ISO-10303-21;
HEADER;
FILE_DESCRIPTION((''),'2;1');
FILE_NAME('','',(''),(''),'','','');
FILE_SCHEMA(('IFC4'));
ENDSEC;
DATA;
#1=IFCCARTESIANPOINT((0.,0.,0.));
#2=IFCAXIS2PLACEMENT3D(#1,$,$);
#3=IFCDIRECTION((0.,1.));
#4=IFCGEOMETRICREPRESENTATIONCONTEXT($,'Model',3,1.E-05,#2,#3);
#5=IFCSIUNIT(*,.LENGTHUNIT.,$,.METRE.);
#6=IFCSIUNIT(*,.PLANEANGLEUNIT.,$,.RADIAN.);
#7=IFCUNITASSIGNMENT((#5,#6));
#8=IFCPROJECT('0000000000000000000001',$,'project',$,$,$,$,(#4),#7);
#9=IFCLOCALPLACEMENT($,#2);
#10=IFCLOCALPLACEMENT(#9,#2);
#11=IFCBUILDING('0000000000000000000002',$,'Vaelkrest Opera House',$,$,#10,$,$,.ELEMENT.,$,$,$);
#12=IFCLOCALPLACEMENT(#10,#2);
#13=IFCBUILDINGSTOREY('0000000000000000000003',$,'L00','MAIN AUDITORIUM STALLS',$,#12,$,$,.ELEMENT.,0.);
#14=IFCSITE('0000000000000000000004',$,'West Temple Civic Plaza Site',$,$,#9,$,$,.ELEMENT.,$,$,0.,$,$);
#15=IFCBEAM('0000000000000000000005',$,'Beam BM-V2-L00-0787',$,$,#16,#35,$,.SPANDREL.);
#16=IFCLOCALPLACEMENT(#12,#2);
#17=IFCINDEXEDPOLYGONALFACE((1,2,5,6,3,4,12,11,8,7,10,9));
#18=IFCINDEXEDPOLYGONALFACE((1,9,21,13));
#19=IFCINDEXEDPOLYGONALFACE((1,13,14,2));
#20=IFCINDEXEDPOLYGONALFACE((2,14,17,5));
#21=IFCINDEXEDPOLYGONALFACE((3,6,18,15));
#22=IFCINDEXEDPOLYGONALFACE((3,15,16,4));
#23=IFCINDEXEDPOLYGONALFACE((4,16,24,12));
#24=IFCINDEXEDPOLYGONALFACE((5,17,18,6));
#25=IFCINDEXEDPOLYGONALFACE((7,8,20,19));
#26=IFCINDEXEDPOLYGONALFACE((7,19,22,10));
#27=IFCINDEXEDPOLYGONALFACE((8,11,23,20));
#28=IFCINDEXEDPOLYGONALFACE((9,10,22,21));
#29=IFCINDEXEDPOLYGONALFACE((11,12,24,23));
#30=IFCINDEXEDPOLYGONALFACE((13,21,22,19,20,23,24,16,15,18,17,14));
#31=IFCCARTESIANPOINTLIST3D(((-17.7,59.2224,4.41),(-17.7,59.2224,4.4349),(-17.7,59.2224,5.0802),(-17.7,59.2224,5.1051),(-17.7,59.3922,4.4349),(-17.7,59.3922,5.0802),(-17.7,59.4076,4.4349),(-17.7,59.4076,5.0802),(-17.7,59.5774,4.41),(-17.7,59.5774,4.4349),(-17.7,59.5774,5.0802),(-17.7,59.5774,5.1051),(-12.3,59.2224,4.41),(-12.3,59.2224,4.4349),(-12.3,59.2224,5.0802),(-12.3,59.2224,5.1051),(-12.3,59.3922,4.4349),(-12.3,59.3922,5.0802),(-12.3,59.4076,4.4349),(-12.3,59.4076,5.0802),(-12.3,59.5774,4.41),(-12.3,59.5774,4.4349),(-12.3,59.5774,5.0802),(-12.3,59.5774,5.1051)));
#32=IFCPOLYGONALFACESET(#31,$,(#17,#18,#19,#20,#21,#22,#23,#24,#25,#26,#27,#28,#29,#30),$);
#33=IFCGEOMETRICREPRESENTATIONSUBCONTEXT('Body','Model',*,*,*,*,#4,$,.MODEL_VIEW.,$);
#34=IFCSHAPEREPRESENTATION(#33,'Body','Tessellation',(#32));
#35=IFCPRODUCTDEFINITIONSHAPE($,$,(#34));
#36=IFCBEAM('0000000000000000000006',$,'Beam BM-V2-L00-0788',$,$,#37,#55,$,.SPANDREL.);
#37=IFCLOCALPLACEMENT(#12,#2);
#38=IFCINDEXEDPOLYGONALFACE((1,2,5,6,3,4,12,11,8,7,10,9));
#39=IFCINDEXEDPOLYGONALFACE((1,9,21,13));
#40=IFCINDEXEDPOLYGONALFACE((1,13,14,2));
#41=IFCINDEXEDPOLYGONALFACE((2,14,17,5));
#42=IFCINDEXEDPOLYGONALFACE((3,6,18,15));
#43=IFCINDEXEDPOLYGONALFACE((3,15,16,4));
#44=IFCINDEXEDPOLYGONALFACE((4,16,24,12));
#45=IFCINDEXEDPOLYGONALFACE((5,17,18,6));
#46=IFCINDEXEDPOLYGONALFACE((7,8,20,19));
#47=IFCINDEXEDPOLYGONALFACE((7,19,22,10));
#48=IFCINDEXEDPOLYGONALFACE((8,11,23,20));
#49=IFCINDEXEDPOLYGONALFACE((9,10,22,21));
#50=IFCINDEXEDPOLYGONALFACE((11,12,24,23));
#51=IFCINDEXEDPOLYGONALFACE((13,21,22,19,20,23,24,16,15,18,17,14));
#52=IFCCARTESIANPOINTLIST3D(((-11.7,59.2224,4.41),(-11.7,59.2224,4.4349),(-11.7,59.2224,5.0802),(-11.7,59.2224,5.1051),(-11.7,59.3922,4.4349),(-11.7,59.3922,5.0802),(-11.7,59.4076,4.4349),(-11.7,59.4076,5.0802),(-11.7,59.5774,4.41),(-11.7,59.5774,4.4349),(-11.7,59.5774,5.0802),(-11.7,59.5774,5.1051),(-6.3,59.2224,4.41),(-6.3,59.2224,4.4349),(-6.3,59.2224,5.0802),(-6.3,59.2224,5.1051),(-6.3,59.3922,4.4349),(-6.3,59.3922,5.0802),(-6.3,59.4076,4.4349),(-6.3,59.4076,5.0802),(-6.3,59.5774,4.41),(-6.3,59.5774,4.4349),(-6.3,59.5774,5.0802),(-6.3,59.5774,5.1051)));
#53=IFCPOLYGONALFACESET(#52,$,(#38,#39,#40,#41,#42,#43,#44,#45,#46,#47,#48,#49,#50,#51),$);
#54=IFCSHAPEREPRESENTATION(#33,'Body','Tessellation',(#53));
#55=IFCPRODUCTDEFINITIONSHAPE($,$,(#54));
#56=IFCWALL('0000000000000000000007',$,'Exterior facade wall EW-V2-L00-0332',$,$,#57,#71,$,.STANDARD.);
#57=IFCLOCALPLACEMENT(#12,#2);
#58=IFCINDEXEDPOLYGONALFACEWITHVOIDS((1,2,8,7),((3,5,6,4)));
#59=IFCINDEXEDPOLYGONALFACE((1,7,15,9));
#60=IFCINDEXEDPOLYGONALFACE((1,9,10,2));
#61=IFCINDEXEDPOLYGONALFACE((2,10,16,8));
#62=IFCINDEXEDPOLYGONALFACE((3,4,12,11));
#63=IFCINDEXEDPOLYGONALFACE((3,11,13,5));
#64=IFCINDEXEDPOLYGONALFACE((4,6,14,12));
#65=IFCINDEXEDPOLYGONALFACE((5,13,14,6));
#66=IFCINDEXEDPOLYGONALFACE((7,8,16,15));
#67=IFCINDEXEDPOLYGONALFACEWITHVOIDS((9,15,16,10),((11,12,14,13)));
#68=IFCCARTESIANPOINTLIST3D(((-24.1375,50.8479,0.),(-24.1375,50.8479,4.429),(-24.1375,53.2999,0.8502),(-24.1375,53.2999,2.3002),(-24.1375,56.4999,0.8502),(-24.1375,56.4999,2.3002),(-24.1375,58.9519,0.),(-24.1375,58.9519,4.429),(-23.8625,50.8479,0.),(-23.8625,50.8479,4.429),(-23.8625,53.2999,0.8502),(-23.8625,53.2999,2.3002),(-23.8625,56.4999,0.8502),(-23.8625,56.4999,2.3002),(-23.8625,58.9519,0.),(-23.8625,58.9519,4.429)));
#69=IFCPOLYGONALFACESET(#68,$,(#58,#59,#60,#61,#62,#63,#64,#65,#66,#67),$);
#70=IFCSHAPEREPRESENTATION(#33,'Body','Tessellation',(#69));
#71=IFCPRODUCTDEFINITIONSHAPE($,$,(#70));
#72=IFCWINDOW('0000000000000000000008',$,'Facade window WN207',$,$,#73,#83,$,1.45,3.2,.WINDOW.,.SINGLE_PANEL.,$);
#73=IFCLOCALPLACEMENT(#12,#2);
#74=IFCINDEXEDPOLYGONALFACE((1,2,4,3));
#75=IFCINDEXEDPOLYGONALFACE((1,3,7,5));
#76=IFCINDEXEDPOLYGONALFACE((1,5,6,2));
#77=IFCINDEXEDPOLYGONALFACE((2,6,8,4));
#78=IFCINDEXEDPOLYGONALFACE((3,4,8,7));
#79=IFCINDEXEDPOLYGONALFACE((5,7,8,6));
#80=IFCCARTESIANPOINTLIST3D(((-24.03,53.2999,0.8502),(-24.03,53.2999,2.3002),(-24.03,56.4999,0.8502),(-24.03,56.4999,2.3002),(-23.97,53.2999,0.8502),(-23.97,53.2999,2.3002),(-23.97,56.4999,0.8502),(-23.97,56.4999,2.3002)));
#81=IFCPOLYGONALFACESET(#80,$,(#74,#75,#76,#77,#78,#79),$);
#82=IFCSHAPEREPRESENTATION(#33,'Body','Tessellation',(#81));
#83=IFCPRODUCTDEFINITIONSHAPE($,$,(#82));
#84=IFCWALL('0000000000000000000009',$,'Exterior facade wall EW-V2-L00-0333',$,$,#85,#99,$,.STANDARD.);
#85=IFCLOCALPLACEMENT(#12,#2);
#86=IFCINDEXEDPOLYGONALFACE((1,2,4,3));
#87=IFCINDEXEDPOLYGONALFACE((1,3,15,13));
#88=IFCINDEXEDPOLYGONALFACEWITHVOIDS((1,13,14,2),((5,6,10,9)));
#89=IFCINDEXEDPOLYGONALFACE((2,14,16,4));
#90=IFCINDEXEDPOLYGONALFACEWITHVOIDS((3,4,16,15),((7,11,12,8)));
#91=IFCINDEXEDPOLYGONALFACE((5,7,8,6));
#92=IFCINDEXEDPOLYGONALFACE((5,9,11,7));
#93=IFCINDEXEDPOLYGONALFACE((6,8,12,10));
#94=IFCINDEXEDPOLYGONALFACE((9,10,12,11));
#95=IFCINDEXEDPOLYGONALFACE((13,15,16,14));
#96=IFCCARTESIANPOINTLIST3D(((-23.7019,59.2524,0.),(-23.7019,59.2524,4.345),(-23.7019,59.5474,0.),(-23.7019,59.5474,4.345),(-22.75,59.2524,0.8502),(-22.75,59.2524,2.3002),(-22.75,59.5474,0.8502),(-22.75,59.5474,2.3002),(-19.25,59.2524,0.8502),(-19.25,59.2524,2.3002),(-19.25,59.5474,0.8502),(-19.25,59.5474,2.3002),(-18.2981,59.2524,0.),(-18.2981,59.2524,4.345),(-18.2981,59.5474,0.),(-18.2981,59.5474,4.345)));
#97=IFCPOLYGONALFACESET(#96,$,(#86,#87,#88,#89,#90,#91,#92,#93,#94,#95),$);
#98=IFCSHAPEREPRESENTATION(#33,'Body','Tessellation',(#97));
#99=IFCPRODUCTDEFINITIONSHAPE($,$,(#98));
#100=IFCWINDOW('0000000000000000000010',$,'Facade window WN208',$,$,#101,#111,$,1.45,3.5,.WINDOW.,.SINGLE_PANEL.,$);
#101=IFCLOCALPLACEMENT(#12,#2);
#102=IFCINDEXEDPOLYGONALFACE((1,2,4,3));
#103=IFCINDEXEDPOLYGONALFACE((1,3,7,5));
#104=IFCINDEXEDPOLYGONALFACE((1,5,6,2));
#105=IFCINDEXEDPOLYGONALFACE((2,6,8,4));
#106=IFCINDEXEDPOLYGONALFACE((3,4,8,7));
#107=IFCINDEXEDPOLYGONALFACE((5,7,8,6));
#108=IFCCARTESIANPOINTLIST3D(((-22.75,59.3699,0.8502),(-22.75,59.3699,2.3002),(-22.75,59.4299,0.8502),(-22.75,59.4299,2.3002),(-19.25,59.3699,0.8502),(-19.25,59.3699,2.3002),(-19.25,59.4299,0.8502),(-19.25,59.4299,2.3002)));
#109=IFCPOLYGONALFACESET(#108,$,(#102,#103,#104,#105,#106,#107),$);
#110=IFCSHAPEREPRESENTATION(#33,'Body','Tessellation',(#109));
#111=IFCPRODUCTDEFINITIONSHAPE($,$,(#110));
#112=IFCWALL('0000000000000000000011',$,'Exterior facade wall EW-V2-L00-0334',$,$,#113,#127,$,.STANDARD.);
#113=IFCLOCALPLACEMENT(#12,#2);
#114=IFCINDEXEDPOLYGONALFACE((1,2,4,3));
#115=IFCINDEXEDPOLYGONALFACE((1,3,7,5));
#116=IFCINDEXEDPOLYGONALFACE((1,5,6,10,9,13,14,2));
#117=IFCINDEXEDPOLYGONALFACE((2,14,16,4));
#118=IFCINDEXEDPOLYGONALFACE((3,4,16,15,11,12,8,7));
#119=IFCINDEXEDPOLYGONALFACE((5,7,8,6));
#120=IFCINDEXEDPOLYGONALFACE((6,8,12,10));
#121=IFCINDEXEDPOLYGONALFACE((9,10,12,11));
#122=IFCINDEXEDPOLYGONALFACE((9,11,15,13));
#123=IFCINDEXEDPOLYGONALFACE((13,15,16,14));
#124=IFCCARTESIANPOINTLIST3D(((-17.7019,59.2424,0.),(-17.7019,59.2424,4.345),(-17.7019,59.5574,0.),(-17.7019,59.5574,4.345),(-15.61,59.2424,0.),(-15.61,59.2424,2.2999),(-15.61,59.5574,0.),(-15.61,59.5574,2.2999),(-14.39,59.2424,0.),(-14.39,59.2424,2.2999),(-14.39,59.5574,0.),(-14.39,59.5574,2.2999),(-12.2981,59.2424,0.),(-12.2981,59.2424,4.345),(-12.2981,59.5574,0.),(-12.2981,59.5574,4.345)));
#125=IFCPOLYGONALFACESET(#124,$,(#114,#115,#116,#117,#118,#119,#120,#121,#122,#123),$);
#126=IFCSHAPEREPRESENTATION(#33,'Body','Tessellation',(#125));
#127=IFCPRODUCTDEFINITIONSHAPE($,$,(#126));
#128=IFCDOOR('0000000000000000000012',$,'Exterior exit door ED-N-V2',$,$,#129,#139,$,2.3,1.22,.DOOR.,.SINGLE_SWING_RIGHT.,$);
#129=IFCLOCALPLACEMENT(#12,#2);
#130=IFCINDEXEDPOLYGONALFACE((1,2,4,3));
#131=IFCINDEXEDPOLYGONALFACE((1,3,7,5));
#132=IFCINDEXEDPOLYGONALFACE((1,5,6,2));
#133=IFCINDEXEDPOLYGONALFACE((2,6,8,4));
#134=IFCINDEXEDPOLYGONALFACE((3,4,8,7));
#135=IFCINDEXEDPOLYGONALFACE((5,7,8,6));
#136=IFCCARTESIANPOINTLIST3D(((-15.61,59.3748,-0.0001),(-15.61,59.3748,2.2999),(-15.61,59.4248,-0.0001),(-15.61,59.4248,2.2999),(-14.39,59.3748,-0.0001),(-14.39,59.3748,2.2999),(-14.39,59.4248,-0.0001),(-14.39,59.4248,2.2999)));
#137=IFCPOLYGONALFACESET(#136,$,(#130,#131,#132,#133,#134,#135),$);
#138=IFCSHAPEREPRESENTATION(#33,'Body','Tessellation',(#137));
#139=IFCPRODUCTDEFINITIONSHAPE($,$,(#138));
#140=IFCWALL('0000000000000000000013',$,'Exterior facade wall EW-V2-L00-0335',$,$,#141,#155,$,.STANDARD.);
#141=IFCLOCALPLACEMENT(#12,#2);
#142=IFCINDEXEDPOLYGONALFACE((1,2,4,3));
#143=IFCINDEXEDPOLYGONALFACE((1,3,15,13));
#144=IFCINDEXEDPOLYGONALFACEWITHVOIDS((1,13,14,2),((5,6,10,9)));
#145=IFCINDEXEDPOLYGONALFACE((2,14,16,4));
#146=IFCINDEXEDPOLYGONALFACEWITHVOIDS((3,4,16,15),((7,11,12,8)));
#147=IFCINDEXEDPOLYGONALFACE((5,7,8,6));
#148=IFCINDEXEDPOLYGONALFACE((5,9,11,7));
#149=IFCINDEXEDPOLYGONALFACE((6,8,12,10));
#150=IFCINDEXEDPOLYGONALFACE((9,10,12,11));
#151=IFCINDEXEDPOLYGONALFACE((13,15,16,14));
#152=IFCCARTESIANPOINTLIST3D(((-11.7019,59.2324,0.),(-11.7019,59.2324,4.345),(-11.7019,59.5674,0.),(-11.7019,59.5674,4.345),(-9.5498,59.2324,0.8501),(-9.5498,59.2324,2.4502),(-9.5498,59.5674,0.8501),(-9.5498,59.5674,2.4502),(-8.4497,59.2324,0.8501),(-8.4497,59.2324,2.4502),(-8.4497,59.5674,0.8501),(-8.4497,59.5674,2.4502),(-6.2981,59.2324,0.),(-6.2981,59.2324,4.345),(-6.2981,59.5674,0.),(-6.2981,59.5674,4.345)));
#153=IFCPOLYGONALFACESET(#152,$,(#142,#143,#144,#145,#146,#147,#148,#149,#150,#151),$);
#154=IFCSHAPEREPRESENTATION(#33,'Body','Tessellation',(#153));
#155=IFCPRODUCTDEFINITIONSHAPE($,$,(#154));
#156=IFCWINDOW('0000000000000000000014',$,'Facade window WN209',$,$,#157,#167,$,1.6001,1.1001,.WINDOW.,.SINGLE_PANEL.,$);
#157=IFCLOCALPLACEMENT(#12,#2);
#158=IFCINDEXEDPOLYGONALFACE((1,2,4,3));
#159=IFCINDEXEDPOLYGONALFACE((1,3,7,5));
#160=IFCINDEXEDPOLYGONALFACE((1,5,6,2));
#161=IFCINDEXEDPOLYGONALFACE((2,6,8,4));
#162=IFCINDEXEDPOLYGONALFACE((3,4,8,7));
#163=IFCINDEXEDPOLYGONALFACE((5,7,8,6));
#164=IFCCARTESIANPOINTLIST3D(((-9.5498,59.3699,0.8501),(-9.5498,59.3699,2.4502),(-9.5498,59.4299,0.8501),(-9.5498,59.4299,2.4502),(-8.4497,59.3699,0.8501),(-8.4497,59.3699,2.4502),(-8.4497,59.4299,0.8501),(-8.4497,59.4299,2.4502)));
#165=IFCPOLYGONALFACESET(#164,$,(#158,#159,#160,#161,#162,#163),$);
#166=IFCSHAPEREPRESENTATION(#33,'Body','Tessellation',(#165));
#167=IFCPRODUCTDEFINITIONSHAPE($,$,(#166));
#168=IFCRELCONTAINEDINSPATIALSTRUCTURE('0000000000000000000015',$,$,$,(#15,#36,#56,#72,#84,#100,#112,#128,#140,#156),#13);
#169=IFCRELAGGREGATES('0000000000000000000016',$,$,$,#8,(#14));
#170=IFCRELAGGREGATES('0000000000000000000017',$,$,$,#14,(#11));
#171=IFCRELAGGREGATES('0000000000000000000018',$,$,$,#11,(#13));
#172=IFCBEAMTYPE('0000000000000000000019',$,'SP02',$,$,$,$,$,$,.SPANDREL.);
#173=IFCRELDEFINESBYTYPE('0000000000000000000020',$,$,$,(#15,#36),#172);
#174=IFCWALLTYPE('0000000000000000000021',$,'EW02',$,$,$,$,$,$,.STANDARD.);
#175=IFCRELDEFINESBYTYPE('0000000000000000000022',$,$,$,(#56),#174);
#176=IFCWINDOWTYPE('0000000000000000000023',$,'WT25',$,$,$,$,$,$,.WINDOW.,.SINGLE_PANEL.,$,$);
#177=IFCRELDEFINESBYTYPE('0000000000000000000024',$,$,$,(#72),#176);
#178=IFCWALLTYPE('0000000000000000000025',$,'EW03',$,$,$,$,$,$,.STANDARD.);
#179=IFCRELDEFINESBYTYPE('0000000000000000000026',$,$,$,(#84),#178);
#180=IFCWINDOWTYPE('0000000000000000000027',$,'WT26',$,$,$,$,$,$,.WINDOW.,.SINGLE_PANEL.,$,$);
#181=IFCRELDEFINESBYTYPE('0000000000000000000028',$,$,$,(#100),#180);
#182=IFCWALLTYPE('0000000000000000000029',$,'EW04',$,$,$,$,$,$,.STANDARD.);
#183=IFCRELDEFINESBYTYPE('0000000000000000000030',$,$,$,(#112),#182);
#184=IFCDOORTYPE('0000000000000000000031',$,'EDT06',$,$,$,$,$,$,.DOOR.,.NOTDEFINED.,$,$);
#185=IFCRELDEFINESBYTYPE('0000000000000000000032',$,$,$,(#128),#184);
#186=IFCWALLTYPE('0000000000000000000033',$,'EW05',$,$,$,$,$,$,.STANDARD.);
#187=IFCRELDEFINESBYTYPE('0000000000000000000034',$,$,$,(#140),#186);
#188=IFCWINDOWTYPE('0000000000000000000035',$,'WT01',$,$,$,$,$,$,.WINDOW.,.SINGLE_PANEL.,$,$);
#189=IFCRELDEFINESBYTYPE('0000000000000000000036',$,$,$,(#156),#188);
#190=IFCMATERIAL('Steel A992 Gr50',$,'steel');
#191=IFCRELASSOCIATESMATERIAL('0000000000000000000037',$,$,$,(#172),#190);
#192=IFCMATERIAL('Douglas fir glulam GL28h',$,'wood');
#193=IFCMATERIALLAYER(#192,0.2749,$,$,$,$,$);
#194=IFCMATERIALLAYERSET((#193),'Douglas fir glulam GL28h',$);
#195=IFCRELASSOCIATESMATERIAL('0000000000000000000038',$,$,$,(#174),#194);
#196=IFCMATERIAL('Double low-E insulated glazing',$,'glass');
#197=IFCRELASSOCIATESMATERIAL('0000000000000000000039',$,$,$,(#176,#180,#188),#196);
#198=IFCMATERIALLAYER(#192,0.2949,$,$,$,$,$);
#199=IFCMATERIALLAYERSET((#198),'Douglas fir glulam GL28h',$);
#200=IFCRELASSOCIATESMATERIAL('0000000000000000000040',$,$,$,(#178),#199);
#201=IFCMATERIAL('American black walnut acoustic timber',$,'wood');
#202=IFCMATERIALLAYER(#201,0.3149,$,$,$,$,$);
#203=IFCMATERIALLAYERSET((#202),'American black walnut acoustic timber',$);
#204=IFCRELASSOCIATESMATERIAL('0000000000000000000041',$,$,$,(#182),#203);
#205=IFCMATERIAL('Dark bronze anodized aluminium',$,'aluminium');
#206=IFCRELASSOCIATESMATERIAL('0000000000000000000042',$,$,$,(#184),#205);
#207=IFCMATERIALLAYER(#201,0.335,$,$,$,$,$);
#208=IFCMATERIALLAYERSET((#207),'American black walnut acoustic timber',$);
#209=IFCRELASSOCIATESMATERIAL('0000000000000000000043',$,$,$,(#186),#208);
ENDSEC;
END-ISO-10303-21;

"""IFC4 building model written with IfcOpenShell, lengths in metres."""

from ifc_helpers import new_model, si_unit, direction, frame, frame_2d, origin, origin_2d, place, context, subcontext, project, spatial, rectangle, i_section, extrude, material, layer, layer_set, material_profile, profile_set, type_object, element, fill, save


model = new_model("IFC4")

# Units and contexts
model_context = context("Model", 3, precision=1e-05, world=origin(), true_north=direction((0.0, 1.0)))
body_context = subcontext(model_context, "Body", "Model", "MODEL_VIEW")
ifc_project = project(units=[si_unit("LENGTHUNIT", "METRE"), si_unit("PLANEANGLEUNIT", "RADIAN")], contexts=[model_context])

# Site, building, storey
site_placement = place(None, origin())
site = spatial("IfcSite", under=ifc_project, at=site_placement, Name="West Temple Civic Plaza Site", CompositionType="ELEMENT", RefElevation=0.0)
building_placement = place(site_placement, origin())
building = spatial("IfcBuilding", under=site, at=building_placement, Name="Vaelkrest Opera House", CompositionType="ELEMENT")
storey_placement = place(building_placement, origin())
storey = spatial("IfcBuildingStorey", under=building, at=storey_placement, Name="L00", Description="MAIN AUDITORIUM STALLS", CompositionType="ELEMENT", Elevation=0.0)

# Beams
ifc_material_1 = material(Name="Steel A992 Gr50", Category="steel")
ifc_material_profile_1 = material_profile(ifc_material_1, i_section(OverallWidth=0.355, OverallDepth=0.6951, WebThickness=0.0154, FlangeThickness=0.0249, at=origin_2d()), Name="W27X146")
ifc_profile_set_1 = profile_set([ifc_material_profile_1], Name="Steel A992 Gr50")
beam_type_1 = type_object("IfcBeamType", Name="SP02", PredefinedType="SPANDREL", material=ifc_profile_set_1)
for number, where, z_axis, x_axis, name in (
    (1, (-17.7, 59.3999, 4.7576), (1.0, 0.0, 0.0), (0.0, 1.0, 0.0), "Beam BM-V2-L00-0787"),
    (2, (-11.7, 59.3999, 4.7576), (1.0, 0.0, 0.0), (0.0, 1.0, 0.0), "Beam BM-V2-L00-0788"),
):
    element("IfcBeam", number, at=place(storey_placement, frame(where, z_axis=z_axis, x_axis=x_axis)), inside=storey, type_object=beam_type_1, Name=name, PredefinedType="SPANDREL", context=body_context, shape_type="SweptSolid", body=[
        extrude(i_section(OverallWidth=0.355, OverallDepth=0.6951, WebThickness=0.0154, FlangeThickness=0.0249, at=origin_2d()), origin(), (0.0, 0.0, 1.0), 5.3999),
    ])

# Walls, openings, windows
ifc_material_2 = material(Name="Douglas fir glulam GL28h", Category="wood")
ifc_layer_1 = layer(ifc_material_2, 0.2749)
ifc_layer_set_1 = layer_set([ifc_layer_1], Name="Douglas fir glulam GL28h")
wall_type_1 = type_object("IfcWallType", Name="EW02", PredefinedType="STANDARD", material=ifc_layer_set_1)
wall_1_placement = place(storey_placement, frame((-24.0, 50.8479, 0.0), z_axis=(0.0, 0.0, 1.0), x_axis=(0.0, 1.0, 0.0)))
wall_1 = element("IfcWall", 3, at=wall_1_placement, inside=storey, type_object=wall_type_1, Name="Exterior facade wall EW-V2-L00-0332", PredefinedType="STANDARD", context=body_context, shape_type="SweptSolid", body=[
    extrude(rectangle(XDim=8.104, YDim=0.2749, at=frame_2d((4.052, 0.0))), origin(), (0.0, 0.0, 1.0), 4.429),
])
opening_1_placement = place(wall_1_placement, frame((2.4519, 0.0, 0.8501)))
opening_1 = element("IfcOpeningElement", 4, at=opening_1_placement, cuts=wall_1, PredefinedType="OPENING", context=body_context, shape_type="SweptSolid", body=[
    extrude(rectangle(XDim=3.2, YDim=1.45, at=frame_2d((1.6001, 0.7251))), frame((0.0, 0.1475, 0.0), z_axis=(0.0, -1.0, 0.0), x_axis=(1.0, 0.0, 0.0)), (0.0, 0.0, 1.0), 0.2949),
])
ifc_material_3 = material(Name="Double low-E insulated glazing", Category="glass")
window_type_1 = type_object("IfcWindowType", Name="WT25", PartitioningType="SINGLE_PANEL", PredefinedType="WINDOW", material=ifc_material_3)
window_1_placement = place(opening_1_placement, origin())
window_1 = element("IfcWindow", 5, at=window_1_placement, inside=storey, type_object=window_type_1, Name="Facade window WN207", OverallHeight=1.45, OverallWidth=3.2, PartitioningType="SINGLE_PANEL", PredefinedType="WINDOW", context=body_context, shape_type="SweptSolid", body=[
    extrude(rectangle(XDim=3.2, YDim=1.45, at=frame_2d((1.6001, 0.7251))), frame((0.0, 0.03, 0.0), z_axis=(0.0, -1.0, 0.0), x_axis=(1.0, 0.0, 0.0)), (0.0, 0.0, 1.0), 0.0601),
])
fill(opening_1, window_1)
ifc_layer_2 = layer(ifc_material_2, 0.2949)
ifc_layer_set_2 = layer_set([ifc_layer_2], Name="Douglas fir glulam GL28h")
wall_type_2 = type_object("IfcWallType", Name="EW03", PredefinedType="STANDARD", material=ifc_layer_set_2)
wall_2_placement = place(storey_placement, frame((-23.7019, 59.3999, 0.0), z_axis=(0.0, 0.0, 1.0), x_axis=(1.0, 0.0, 0.0)))
wall_2 = element("IfcWall", 6, at=wall_2_placement, inside=storey, type_object=wall_type_2, Name="Exterior facade wall EW-V2-L00-0333", PredefinedType="STANDARD", context=body_context, shape_type="SweptSolid", body=[
    extrude(rectangle(XDim=5.4038, YDim=0.2949, at=frame_2d((2.7019, 0.0))), origin(), (0.0, 0.0, 1.0), 4.345),
])
opening_2_placement = place(wall_2_placement, frame((0.9519, 0.0, 0.8501)))
opening_2 = element("IfcOpeningElement", 7, at=opening_2_placement, cuts=wall_2, PredefinedType="OPENING", context=body_context, shape_type="SweptSolid", body=[
    extrude(rectangle(XDim=3.5, YDim=1.45, at=frame_2d((1.75, 0.7251))), frame((0.0, 0.1575, 0.0), z_axis=(0.0, -1.0, 0.0), x_axis=(1.0, 0.0, 0.0)), (0.0, 0.0, 1.0), 0.3149),
])
window_type_2 = type_object("IfcWindowType", Name="WT26", PartitioningType="SINGLE_PANEL", PredefinedType="WINDOW", material=ifc_material_3)
window_2_placement = place(opening_2_placement, origin())
window_2 = element("IfcWindow", 8, at=window_2_placement, inside=storey, type_object=window_type_2, Name="Facade window WN208", OverallHeight=1.45, OverallWidth=3.5, PartitioningType="SINGLE_PANEL", PredefinedType="WINDOW", context=body_context, shape_type="SweptSolid", body=[
    extrude(rectangle(XDim=3.5, YDim=1.45, at=frame_2d((1.75, 0.7251))), frame((0.0, 0.03, 0.0), z_axis=(0.0, -1.0, 0.0), x_axis=(1.0, 0.0, 0.0)), (0.0, 0.0, 1.0), 0.0601),
])
fill(opening_2, window_2)

# Wall, opening, door
ifc_material_4 = material(Name="American black walnut acoustic timber", Category="wood")
ifc_layer_3 = layer(ifc_material_4, 0.3149)
ifc_layer_set_3 = layer_set([ifc_layer_3], Name="American black walnut acoustic timber")
wall_type_3 = type_object("IfcWallType", Name="EW04", PredefinedType="STANDARD", material=ifc_layer_set_3)
wall_3_placement = place(storey_placement, frame((-17.7019, 59.3999, 0.0), z_axis=(0.0, 0.0, 1.0), x_axis=(1.0, 0.0, 0.0)))
wall_3 = element("IfcWall", 9, at=wall_3_placement, inside=storey, type_object=wall_type_3, Name="Exterior facade wall EW-V2-L00-0334", PredefinedType="STANDARD", context=body_context, shape_type="SweptSolid", body=[
    extrude(rectangle(XDim=5.4038, YDim=0.3149, at=frame_2d((2.7019, 0.0))), origin(), (0.0, 0.0, 1.0), 4.345),
])
opening_3_placement = place(wall_3_placement, frame((2.092, 0.0, 0.0)))
opening_3 = element("IfcOpeningElement", 10, at=opening_3_placement, cuts=wall_3, PredefinedType="OPENING", context=body_context, shape_type="SweptSolid", body=[
    extrude(rectangle(XDim=1.22, YDim=2.3, at=frame_2d((0.6099, 1.1499))), frame((0.0, 0.1675, 0.0), z_axis=(0.0, -1.0, 0.0), x_axis=(1.0, 0.0, 0.0)), (0.0, 0.0, 1.0), 0.335),
])
ifc_material_5 = material(Name="Dark bronze anodized aluminium", Category="aluminium")
door_type = type_object("IfcDoorType", Name="EDT06", OperationType="NOTDEFINED", PredefinedType="DOOR", material=ifc_material_5)
door_placement = place(opening_3_placement, origin())
door = element("IfcDoor", 11, at=door_placement, inside=storey, type_object=door_type, Name="Exterior exit door ED-N-V2", OperationType="SINGLE_SWING_RIGHT", OverallHeight=2.3, OverallWidth=1.22, PredefinedType="DOOR", context=body_context, shape_type="SweptSolid", body=[
    extrude(rectangle(XDim=1.22, YDim=2.3, at=frame_2d((0.6099, 1.1499))), frame((0.0, 0.0249, 0.0), z_axis=(0.0, -1.0, 0.0), x_axis=(1.0, 0.0, 0.0)), (0.0, 0.0, 1.0), 0.05),
])
fill(opening_3, door)

# Wall, opening, window
ifc_layer_4 = layer(ifc_material_4, 0.335)
ifc_layer_set_4 = layer_set([ifc_layer_4], Name="American black walnut acoustic timber")
wall_type_4 = type_object("IfcWallType", Name="EW05", PredefinedType="STANDARD", material=ifc_layer_set_4)
wall_4_placement = place(storey_placement, frame((-11.7019, 59.3999, 0.0), z_axis=(0.0, 0.0, 1.0), x_axis=(1.0, 0.0, 0.0)))
wall_4 = element("IfcWall", 12, at=wall_4_placement, inside=storey, type_object=wall_type_4, Name="Exterior facade wall EW-V2-L00-0335", PredefinedType="STANDARD", context=body_context, shape_type="SweptSolid", body=[
    extrude(rectangle(XDim=5.4038, YDim=0.335, at=frame_2d((2.7019, 0.0))), origin(), (0.0, 0.0, 1.0), 4.345),
])
opening_4_placement = place(wall_4_placement, frame((2.1521, 0.0, 0.8501)))
opening_4 = element("IfcOpeningElement", 13, at=opening_4_placement, cuts=wall_4, PredefinedType="OPENING", context=body_context, shape_type="SweptSolid", body=[
    extrude(rectangle(XDim=1.1001, YDim=1.6001, at=frame_2d((0.55, 0.8))), frame((0.0, 0.1775, 0.0), z_axis=(0.0, -1.0, 0.0), x_axis=(1.0, 0.0, 0.0)), (0.0, 0.0, 1.0), 0.355),
])
window_type_3 = type_object("IfcWindowType", Name="WT01", PartitioningType="SINGLE_PANEL", PredefinedType="WINDOW", material=ifc_material_3)
window_3_placement = place(opening_4_placement, origin())
window_3 = element("IfcWindow", 14, at=window_3_placement, inside=storey, type_object=window_type_3, Name="Facade window WN209", OverallHeight=1.6001, OverallWidth=1.1001, PartitioningType="SINGLE_PANEL", PredefinedType="WINDOW", context=body_context, shape_type="SweptSolid", body=[
    extrude(rectangle(XDim=1.1001, YDim=1.6001, at=frame_2d((0.55, 0.8))), frame((0.0, 0.03, 0.0), z_axis=(0.0, -1.0, 0.0), x_axis=(1.0, 0.0, 0.0)), (0.0, 0.0, 1.0), 0.0601),
])
fill(opening_4, window_3)

save(model, "model.ifc")
